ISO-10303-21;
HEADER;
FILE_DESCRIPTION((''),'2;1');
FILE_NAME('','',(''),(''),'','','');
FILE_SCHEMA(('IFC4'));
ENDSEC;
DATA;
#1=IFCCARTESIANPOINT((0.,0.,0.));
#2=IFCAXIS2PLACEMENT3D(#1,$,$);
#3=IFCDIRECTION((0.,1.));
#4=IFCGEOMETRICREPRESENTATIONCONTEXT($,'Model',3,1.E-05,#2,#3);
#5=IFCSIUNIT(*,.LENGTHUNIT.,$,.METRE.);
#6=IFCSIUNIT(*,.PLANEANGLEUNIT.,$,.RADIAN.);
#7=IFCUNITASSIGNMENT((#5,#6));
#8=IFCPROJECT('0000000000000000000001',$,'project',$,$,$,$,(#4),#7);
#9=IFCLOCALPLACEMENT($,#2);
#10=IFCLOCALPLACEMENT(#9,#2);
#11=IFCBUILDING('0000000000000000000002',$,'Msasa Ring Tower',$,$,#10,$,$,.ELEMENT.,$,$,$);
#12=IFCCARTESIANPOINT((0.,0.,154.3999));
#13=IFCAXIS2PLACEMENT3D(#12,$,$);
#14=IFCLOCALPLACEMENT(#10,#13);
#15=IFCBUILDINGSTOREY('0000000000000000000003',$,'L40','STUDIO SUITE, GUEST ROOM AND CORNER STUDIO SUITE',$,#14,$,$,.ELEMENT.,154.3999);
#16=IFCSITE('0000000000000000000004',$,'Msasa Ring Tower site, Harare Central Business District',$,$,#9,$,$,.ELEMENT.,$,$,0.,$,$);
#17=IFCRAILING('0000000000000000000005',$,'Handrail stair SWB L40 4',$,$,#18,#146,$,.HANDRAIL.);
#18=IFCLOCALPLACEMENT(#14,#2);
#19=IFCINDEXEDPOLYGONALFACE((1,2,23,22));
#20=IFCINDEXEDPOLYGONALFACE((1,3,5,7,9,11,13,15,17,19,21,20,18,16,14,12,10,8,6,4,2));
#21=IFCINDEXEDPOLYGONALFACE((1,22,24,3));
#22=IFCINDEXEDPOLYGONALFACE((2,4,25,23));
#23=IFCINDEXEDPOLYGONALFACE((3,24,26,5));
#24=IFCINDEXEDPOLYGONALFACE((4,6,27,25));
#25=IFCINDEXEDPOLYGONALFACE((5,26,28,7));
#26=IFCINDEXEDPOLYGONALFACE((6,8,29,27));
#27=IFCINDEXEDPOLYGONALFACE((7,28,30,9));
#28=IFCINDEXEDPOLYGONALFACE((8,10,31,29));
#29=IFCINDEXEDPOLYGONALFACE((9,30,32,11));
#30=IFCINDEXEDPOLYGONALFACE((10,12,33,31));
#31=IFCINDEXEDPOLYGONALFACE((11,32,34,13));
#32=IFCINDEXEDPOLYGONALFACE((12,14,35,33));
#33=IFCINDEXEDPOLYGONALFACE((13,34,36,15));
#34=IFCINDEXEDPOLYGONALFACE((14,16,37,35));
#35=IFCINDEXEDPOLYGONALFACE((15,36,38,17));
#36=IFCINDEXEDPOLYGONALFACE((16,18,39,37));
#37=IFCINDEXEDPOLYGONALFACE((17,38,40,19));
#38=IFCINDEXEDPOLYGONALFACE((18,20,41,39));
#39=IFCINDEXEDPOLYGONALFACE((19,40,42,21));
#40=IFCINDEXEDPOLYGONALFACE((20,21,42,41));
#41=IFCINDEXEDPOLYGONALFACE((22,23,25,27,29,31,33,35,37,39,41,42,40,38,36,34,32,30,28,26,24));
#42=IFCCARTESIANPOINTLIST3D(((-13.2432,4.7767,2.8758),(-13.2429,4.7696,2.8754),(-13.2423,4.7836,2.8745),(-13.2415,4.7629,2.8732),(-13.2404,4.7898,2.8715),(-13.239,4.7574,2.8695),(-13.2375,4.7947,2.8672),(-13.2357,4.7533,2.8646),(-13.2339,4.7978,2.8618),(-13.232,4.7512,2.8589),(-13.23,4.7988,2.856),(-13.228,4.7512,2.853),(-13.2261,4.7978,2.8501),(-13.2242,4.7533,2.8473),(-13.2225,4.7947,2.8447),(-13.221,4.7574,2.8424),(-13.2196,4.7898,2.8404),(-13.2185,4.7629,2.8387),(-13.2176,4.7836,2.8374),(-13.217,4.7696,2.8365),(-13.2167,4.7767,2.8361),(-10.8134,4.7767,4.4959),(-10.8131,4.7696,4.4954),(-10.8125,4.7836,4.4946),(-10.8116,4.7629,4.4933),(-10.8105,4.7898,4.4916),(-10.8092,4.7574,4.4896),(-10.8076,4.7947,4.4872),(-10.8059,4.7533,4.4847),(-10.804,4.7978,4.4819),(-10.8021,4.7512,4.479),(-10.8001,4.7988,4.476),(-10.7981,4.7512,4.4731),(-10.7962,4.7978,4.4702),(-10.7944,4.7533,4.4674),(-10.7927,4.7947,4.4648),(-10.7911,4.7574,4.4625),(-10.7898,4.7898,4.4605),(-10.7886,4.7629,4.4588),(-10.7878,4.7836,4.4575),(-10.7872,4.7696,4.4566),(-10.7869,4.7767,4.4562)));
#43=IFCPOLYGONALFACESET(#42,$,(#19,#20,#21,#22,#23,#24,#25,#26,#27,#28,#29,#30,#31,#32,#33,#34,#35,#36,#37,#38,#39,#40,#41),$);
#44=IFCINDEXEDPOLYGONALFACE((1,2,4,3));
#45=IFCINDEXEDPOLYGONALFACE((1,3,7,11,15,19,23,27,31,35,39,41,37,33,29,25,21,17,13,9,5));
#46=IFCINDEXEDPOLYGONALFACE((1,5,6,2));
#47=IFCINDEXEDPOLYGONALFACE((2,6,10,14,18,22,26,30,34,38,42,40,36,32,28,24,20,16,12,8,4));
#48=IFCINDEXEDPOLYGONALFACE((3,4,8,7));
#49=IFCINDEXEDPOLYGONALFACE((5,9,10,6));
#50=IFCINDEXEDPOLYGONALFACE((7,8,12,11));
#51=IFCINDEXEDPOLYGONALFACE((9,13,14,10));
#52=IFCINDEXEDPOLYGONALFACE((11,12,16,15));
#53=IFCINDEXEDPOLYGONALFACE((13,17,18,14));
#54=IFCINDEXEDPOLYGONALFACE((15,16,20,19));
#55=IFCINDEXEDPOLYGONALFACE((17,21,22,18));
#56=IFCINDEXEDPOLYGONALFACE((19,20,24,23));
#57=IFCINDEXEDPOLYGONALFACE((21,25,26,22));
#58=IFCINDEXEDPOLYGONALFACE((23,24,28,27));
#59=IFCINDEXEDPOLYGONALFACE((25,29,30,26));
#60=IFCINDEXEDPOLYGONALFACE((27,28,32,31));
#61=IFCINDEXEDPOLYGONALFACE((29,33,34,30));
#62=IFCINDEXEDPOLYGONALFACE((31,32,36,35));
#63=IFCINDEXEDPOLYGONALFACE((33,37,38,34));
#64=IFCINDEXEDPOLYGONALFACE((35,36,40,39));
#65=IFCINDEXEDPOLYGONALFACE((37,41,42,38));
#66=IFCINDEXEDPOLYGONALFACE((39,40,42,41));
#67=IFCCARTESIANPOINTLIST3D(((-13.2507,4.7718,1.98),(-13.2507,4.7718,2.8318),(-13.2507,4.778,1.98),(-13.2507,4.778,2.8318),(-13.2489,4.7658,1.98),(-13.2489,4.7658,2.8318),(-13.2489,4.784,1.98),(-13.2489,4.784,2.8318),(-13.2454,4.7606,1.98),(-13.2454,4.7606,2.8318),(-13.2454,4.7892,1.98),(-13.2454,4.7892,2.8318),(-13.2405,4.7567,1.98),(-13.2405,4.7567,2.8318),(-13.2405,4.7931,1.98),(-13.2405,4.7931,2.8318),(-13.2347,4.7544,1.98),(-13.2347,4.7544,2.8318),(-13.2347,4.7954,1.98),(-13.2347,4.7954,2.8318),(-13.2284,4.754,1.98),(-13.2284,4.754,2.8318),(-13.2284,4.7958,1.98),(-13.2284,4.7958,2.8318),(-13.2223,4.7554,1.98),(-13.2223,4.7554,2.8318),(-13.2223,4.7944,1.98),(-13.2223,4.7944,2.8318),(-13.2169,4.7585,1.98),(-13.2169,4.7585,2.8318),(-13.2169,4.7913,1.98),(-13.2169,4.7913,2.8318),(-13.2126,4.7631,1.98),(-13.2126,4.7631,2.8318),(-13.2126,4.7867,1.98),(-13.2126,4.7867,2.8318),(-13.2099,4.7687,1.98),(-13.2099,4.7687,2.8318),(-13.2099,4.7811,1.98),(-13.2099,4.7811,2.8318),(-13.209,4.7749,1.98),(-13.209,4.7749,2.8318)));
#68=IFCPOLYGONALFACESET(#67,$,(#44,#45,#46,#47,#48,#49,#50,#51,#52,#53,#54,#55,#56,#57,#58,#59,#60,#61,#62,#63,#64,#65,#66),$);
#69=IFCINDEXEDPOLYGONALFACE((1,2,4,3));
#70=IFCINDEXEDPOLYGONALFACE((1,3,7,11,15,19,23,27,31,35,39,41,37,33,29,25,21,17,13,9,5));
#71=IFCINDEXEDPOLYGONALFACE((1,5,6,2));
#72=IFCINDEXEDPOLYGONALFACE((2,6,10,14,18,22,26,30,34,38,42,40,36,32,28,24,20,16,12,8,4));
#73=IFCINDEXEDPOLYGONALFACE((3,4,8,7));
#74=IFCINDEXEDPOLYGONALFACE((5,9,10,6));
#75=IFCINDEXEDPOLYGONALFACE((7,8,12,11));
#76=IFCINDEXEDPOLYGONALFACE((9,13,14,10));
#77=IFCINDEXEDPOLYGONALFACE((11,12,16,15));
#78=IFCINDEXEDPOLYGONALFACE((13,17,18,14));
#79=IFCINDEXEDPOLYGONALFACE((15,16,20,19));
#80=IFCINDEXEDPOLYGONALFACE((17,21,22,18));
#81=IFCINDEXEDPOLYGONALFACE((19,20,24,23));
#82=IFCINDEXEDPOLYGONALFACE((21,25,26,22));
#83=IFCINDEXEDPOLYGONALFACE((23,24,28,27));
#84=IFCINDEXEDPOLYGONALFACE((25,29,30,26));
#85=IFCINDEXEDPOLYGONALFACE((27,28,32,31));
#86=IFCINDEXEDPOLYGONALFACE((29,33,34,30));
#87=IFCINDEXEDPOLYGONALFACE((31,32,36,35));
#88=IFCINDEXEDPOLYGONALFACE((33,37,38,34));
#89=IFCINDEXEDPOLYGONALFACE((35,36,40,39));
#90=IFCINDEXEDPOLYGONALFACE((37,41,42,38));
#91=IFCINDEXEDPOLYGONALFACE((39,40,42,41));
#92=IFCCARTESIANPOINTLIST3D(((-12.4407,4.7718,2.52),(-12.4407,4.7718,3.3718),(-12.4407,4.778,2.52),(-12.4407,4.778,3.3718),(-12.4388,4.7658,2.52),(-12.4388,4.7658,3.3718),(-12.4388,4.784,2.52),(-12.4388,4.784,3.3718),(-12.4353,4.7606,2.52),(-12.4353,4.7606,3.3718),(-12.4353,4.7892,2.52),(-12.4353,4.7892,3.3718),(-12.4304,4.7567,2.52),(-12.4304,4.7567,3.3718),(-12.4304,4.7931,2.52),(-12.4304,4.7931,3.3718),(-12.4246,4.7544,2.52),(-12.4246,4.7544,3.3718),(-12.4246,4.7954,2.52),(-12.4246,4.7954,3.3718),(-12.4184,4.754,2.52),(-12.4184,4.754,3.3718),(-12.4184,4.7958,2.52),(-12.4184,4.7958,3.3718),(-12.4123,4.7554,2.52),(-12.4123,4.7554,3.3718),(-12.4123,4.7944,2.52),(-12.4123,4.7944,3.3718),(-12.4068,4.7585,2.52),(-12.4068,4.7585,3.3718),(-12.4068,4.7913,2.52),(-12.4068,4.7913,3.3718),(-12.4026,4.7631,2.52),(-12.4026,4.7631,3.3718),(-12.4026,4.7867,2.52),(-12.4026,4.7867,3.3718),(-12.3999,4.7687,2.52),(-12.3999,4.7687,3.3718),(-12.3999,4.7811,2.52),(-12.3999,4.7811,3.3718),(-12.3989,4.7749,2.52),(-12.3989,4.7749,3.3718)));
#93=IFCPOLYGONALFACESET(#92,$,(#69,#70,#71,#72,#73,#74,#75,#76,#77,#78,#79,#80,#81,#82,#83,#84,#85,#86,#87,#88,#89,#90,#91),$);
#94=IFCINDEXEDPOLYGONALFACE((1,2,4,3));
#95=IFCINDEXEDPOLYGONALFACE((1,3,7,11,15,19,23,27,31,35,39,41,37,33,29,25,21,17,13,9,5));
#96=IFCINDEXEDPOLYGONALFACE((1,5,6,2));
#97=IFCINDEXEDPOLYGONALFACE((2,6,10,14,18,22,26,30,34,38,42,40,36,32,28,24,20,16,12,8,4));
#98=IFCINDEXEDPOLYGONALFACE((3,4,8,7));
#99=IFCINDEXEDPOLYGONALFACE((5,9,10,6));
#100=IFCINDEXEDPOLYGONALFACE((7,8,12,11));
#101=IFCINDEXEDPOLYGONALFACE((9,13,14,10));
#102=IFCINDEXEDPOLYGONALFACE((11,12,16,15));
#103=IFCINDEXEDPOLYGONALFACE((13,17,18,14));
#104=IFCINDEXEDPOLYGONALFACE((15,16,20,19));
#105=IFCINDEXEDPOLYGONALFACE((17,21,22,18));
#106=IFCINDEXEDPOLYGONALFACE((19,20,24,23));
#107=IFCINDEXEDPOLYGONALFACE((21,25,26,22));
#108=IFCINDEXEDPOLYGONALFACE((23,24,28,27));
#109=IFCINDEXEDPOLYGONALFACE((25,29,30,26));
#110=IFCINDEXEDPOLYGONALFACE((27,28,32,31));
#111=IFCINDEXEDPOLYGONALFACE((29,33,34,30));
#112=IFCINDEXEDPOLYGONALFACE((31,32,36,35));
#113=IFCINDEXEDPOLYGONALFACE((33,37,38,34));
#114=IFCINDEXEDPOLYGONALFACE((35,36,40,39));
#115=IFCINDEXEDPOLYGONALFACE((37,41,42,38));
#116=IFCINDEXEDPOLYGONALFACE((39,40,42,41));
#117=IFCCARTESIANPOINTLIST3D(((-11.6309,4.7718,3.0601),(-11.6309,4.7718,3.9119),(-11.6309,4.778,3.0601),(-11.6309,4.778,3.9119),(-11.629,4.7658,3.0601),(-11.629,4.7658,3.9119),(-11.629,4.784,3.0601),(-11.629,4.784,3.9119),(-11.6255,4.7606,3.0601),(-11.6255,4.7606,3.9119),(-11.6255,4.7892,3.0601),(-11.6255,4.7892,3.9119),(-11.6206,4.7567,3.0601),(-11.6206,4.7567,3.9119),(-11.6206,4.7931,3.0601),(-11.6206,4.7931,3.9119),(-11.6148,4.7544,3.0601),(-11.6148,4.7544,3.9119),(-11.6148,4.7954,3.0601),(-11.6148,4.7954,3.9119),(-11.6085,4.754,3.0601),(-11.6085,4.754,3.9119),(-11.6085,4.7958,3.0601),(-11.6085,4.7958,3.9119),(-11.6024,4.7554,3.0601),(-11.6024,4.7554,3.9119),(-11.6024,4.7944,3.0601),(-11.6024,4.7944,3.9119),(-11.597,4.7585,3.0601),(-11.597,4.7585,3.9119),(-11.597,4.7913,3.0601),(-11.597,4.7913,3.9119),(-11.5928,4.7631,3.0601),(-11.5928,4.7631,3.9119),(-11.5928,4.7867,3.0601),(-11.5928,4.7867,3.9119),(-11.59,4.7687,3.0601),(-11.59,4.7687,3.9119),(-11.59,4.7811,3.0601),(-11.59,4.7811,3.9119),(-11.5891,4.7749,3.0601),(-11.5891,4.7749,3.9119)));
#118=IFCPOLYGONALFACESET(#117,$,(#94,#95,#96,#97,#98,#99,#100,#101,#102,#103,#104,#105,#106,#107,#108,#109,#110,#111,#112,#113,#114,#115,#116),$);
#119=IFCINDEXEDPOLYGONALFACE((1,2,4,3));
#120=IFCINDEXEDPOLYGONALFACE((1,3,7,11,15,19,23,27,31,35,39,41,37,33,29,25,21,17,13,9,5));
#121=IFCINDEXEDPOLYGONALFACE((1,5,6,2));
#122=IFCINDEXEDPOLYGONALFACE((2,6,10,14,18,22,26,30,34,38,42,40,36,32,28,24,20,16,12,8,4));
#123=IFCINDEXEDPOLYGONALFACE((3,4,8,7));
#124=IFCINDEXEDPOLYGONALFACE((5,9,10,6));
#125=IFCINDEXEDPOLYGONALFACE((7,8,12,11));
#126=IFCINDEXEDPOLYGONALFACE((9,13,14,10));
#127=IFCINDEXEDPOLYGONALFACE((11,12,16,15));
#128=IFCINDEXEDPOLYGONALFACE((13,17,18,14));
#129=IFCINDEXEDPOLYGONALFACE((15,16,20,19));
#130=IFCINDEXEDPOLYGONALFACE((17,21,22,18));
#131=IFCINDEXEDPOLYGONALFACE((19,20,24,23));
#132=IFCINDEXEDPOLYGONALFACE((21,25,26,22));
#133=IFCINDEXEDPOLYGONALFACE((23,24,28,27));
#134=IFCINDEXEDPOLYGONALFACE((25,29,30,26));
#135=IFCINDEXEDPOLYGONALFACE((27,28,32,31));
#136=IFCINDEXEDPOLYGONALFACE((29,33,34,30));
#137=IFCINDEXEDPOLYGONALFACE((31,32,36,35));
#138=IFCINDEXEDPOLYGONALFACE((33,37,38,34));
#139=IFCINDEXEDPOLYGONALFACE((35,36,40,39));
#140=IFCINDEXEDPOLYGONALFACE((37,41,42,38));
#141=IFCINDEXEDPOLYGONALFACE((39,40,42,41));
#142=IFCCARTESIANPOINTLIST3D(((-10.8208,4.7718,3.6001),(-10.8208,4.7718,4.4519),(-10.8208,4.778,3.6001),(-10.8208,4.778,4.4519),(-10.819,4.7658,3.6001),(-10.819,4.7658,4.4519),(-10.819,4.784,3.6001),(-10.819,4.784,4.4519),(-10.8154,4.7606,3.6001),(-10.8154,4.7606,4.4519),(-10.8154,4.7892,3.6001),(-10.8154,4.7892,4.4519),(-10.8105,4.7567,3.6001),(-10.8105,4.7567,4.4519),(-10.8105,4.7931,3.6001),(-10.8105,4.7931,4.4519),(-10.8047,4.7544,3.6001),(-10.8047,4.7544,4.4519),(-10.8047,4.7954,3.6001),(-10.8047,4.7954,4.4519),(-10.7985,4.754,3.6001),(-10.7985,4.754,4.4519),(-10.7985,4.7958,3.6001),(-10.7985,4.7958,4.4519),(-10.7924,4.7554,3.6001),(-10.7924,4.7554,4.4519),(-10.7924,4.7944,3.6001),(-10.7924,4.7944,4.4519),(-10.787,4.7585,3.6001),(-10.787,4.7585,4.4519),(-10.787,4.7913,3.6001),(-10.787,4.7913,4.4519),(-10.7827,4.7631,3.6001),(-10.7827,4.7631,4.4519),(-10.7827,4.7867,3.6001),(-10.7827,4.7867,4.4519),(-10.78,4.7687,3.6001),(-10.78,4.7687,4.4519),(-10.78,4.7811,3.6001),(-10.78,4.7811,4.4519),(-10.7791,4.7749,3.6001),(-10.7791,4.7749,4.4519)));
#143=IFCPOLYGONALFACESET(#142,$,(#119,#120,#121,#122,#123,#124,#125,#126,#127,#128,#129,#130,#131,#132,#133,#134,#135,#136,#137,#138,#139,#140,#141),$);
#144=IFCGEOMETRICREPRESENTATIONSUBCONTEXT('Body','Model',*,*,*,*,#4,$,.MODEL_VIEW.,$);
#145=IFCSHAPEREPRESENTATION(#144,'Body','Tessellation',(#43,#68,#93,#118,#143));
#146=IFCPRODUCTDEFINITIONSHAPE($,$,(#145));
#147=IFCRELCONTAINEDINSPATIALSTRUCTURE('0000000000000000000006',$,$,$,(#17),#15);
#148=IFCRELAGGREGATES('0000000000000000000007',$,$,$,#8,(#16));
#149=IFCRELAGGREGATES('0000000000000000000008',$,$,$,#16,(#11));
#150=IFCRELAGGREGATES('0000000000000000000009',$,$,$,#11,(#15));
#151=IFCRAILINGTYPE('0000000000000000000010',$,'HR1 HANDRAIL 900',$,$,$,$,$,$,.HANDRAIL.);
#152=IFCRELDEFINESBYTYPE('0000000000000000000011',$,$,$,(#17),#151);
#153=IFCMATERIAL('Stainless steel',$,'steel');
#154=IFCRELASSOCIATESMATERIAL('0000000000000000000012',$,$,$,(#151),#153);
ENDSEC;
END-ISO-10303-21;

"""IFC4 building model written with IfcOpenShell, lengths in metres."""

from ifc_helpers import new_model, si_unit, direction, frame, origin, origin_2d, place, context, subcontext, project, spatial, circle, extrude, material, type_object, element, save


model = new_model("IFC4")

# Units and contexts
model_context = context("Model", 3, precision=1e-05, world=origin(), true_north=direction((0.0, 1.0)))
body_context = subcontext(model_context, "Body", "Model", "MODEL_VIEW")
ifc_project = project(units=[si_unit("LENGTHUNIT", "METRE"), si_unit("PLANEANGLEUNIT", "RADIAN")], contexts=[model_context])

# Site, building, storey
site_placement = place(None, origin())
site = spatial("IfcSite", under=ifc_project, at=site_placement, Name="Msasa Ring Tower site, Harare Central Business District", CompositionType="ELEMENT", RefElevation=0.0)
building_placement = place(site_placement, origin())
building = spatial("IfcBuilding", under=site, at=building_placement, Name="Msasa Ring Tower", CompositionType="ELEMENT")
storey_placement = place(building_placement, frame((0.0, 0.0, 154.3999)))
storey = spatial("IfcBuildingStorey", under=building, at=storey_placement, Name="L40", Description="STUDIO SUITE, GUEST ROOM AND CORNER STUDIO SUITE", CompositionType="ELEMENT", Elevation=154.3999)

# Railing
ifc_material_1 = material(Name="Stainless steel", Category="steel")
railing_type = type_object("IfcRailingType", Name="HR1 HANDRAIL 900", PredefinedType="HANDRAIL", material=ifc_material_1)
for number, where, name in (
    (1, (-13.23, 4.7749, 1.98), "Handrail stair SWB L40 4"),
):
    element("IfcRailing", number, at=place(storey_placement, frame(where)), inside=storey, type_object=railing_type, Name=name, PredefinedType="HANDRAIL", context=body_context, shape_type="SweptSolid", body=[
        extrude(circle(Radius=0.0239, at=origin_2d()), frame((0.0, 0.0, 0.876), z_axis=(0.832025, 0.0, 0.554739), x_axis=(0.0, 1.0, 0.0)), (0.0, 0.0, 1.0), 2.9204),
        extrude(circle(Radius=0.021, at=origin_2d()), origin(), (0.0, 0.0, 1.0), 0.8518),
        extrude(circle(Radius=0.021, at=origin_2d()), frame((0.8101, 0.0, 0.54)), (0.0, 0.0, 1.0), 0.8518),
        extrude(circle(Radius=0.021, at=origin_2d()), frame((1.6199, 0.0, 1.0801)), (0.0, 0.0, 1.0), 0.8518),
        extrude(circle(Radius=0.021, at=origin_2d()), frame((2.4299, 0.0, 1.6201)), (0.0, 0.0, 1.0), 0.8518),
    ])

save(model, "model.ifc")
